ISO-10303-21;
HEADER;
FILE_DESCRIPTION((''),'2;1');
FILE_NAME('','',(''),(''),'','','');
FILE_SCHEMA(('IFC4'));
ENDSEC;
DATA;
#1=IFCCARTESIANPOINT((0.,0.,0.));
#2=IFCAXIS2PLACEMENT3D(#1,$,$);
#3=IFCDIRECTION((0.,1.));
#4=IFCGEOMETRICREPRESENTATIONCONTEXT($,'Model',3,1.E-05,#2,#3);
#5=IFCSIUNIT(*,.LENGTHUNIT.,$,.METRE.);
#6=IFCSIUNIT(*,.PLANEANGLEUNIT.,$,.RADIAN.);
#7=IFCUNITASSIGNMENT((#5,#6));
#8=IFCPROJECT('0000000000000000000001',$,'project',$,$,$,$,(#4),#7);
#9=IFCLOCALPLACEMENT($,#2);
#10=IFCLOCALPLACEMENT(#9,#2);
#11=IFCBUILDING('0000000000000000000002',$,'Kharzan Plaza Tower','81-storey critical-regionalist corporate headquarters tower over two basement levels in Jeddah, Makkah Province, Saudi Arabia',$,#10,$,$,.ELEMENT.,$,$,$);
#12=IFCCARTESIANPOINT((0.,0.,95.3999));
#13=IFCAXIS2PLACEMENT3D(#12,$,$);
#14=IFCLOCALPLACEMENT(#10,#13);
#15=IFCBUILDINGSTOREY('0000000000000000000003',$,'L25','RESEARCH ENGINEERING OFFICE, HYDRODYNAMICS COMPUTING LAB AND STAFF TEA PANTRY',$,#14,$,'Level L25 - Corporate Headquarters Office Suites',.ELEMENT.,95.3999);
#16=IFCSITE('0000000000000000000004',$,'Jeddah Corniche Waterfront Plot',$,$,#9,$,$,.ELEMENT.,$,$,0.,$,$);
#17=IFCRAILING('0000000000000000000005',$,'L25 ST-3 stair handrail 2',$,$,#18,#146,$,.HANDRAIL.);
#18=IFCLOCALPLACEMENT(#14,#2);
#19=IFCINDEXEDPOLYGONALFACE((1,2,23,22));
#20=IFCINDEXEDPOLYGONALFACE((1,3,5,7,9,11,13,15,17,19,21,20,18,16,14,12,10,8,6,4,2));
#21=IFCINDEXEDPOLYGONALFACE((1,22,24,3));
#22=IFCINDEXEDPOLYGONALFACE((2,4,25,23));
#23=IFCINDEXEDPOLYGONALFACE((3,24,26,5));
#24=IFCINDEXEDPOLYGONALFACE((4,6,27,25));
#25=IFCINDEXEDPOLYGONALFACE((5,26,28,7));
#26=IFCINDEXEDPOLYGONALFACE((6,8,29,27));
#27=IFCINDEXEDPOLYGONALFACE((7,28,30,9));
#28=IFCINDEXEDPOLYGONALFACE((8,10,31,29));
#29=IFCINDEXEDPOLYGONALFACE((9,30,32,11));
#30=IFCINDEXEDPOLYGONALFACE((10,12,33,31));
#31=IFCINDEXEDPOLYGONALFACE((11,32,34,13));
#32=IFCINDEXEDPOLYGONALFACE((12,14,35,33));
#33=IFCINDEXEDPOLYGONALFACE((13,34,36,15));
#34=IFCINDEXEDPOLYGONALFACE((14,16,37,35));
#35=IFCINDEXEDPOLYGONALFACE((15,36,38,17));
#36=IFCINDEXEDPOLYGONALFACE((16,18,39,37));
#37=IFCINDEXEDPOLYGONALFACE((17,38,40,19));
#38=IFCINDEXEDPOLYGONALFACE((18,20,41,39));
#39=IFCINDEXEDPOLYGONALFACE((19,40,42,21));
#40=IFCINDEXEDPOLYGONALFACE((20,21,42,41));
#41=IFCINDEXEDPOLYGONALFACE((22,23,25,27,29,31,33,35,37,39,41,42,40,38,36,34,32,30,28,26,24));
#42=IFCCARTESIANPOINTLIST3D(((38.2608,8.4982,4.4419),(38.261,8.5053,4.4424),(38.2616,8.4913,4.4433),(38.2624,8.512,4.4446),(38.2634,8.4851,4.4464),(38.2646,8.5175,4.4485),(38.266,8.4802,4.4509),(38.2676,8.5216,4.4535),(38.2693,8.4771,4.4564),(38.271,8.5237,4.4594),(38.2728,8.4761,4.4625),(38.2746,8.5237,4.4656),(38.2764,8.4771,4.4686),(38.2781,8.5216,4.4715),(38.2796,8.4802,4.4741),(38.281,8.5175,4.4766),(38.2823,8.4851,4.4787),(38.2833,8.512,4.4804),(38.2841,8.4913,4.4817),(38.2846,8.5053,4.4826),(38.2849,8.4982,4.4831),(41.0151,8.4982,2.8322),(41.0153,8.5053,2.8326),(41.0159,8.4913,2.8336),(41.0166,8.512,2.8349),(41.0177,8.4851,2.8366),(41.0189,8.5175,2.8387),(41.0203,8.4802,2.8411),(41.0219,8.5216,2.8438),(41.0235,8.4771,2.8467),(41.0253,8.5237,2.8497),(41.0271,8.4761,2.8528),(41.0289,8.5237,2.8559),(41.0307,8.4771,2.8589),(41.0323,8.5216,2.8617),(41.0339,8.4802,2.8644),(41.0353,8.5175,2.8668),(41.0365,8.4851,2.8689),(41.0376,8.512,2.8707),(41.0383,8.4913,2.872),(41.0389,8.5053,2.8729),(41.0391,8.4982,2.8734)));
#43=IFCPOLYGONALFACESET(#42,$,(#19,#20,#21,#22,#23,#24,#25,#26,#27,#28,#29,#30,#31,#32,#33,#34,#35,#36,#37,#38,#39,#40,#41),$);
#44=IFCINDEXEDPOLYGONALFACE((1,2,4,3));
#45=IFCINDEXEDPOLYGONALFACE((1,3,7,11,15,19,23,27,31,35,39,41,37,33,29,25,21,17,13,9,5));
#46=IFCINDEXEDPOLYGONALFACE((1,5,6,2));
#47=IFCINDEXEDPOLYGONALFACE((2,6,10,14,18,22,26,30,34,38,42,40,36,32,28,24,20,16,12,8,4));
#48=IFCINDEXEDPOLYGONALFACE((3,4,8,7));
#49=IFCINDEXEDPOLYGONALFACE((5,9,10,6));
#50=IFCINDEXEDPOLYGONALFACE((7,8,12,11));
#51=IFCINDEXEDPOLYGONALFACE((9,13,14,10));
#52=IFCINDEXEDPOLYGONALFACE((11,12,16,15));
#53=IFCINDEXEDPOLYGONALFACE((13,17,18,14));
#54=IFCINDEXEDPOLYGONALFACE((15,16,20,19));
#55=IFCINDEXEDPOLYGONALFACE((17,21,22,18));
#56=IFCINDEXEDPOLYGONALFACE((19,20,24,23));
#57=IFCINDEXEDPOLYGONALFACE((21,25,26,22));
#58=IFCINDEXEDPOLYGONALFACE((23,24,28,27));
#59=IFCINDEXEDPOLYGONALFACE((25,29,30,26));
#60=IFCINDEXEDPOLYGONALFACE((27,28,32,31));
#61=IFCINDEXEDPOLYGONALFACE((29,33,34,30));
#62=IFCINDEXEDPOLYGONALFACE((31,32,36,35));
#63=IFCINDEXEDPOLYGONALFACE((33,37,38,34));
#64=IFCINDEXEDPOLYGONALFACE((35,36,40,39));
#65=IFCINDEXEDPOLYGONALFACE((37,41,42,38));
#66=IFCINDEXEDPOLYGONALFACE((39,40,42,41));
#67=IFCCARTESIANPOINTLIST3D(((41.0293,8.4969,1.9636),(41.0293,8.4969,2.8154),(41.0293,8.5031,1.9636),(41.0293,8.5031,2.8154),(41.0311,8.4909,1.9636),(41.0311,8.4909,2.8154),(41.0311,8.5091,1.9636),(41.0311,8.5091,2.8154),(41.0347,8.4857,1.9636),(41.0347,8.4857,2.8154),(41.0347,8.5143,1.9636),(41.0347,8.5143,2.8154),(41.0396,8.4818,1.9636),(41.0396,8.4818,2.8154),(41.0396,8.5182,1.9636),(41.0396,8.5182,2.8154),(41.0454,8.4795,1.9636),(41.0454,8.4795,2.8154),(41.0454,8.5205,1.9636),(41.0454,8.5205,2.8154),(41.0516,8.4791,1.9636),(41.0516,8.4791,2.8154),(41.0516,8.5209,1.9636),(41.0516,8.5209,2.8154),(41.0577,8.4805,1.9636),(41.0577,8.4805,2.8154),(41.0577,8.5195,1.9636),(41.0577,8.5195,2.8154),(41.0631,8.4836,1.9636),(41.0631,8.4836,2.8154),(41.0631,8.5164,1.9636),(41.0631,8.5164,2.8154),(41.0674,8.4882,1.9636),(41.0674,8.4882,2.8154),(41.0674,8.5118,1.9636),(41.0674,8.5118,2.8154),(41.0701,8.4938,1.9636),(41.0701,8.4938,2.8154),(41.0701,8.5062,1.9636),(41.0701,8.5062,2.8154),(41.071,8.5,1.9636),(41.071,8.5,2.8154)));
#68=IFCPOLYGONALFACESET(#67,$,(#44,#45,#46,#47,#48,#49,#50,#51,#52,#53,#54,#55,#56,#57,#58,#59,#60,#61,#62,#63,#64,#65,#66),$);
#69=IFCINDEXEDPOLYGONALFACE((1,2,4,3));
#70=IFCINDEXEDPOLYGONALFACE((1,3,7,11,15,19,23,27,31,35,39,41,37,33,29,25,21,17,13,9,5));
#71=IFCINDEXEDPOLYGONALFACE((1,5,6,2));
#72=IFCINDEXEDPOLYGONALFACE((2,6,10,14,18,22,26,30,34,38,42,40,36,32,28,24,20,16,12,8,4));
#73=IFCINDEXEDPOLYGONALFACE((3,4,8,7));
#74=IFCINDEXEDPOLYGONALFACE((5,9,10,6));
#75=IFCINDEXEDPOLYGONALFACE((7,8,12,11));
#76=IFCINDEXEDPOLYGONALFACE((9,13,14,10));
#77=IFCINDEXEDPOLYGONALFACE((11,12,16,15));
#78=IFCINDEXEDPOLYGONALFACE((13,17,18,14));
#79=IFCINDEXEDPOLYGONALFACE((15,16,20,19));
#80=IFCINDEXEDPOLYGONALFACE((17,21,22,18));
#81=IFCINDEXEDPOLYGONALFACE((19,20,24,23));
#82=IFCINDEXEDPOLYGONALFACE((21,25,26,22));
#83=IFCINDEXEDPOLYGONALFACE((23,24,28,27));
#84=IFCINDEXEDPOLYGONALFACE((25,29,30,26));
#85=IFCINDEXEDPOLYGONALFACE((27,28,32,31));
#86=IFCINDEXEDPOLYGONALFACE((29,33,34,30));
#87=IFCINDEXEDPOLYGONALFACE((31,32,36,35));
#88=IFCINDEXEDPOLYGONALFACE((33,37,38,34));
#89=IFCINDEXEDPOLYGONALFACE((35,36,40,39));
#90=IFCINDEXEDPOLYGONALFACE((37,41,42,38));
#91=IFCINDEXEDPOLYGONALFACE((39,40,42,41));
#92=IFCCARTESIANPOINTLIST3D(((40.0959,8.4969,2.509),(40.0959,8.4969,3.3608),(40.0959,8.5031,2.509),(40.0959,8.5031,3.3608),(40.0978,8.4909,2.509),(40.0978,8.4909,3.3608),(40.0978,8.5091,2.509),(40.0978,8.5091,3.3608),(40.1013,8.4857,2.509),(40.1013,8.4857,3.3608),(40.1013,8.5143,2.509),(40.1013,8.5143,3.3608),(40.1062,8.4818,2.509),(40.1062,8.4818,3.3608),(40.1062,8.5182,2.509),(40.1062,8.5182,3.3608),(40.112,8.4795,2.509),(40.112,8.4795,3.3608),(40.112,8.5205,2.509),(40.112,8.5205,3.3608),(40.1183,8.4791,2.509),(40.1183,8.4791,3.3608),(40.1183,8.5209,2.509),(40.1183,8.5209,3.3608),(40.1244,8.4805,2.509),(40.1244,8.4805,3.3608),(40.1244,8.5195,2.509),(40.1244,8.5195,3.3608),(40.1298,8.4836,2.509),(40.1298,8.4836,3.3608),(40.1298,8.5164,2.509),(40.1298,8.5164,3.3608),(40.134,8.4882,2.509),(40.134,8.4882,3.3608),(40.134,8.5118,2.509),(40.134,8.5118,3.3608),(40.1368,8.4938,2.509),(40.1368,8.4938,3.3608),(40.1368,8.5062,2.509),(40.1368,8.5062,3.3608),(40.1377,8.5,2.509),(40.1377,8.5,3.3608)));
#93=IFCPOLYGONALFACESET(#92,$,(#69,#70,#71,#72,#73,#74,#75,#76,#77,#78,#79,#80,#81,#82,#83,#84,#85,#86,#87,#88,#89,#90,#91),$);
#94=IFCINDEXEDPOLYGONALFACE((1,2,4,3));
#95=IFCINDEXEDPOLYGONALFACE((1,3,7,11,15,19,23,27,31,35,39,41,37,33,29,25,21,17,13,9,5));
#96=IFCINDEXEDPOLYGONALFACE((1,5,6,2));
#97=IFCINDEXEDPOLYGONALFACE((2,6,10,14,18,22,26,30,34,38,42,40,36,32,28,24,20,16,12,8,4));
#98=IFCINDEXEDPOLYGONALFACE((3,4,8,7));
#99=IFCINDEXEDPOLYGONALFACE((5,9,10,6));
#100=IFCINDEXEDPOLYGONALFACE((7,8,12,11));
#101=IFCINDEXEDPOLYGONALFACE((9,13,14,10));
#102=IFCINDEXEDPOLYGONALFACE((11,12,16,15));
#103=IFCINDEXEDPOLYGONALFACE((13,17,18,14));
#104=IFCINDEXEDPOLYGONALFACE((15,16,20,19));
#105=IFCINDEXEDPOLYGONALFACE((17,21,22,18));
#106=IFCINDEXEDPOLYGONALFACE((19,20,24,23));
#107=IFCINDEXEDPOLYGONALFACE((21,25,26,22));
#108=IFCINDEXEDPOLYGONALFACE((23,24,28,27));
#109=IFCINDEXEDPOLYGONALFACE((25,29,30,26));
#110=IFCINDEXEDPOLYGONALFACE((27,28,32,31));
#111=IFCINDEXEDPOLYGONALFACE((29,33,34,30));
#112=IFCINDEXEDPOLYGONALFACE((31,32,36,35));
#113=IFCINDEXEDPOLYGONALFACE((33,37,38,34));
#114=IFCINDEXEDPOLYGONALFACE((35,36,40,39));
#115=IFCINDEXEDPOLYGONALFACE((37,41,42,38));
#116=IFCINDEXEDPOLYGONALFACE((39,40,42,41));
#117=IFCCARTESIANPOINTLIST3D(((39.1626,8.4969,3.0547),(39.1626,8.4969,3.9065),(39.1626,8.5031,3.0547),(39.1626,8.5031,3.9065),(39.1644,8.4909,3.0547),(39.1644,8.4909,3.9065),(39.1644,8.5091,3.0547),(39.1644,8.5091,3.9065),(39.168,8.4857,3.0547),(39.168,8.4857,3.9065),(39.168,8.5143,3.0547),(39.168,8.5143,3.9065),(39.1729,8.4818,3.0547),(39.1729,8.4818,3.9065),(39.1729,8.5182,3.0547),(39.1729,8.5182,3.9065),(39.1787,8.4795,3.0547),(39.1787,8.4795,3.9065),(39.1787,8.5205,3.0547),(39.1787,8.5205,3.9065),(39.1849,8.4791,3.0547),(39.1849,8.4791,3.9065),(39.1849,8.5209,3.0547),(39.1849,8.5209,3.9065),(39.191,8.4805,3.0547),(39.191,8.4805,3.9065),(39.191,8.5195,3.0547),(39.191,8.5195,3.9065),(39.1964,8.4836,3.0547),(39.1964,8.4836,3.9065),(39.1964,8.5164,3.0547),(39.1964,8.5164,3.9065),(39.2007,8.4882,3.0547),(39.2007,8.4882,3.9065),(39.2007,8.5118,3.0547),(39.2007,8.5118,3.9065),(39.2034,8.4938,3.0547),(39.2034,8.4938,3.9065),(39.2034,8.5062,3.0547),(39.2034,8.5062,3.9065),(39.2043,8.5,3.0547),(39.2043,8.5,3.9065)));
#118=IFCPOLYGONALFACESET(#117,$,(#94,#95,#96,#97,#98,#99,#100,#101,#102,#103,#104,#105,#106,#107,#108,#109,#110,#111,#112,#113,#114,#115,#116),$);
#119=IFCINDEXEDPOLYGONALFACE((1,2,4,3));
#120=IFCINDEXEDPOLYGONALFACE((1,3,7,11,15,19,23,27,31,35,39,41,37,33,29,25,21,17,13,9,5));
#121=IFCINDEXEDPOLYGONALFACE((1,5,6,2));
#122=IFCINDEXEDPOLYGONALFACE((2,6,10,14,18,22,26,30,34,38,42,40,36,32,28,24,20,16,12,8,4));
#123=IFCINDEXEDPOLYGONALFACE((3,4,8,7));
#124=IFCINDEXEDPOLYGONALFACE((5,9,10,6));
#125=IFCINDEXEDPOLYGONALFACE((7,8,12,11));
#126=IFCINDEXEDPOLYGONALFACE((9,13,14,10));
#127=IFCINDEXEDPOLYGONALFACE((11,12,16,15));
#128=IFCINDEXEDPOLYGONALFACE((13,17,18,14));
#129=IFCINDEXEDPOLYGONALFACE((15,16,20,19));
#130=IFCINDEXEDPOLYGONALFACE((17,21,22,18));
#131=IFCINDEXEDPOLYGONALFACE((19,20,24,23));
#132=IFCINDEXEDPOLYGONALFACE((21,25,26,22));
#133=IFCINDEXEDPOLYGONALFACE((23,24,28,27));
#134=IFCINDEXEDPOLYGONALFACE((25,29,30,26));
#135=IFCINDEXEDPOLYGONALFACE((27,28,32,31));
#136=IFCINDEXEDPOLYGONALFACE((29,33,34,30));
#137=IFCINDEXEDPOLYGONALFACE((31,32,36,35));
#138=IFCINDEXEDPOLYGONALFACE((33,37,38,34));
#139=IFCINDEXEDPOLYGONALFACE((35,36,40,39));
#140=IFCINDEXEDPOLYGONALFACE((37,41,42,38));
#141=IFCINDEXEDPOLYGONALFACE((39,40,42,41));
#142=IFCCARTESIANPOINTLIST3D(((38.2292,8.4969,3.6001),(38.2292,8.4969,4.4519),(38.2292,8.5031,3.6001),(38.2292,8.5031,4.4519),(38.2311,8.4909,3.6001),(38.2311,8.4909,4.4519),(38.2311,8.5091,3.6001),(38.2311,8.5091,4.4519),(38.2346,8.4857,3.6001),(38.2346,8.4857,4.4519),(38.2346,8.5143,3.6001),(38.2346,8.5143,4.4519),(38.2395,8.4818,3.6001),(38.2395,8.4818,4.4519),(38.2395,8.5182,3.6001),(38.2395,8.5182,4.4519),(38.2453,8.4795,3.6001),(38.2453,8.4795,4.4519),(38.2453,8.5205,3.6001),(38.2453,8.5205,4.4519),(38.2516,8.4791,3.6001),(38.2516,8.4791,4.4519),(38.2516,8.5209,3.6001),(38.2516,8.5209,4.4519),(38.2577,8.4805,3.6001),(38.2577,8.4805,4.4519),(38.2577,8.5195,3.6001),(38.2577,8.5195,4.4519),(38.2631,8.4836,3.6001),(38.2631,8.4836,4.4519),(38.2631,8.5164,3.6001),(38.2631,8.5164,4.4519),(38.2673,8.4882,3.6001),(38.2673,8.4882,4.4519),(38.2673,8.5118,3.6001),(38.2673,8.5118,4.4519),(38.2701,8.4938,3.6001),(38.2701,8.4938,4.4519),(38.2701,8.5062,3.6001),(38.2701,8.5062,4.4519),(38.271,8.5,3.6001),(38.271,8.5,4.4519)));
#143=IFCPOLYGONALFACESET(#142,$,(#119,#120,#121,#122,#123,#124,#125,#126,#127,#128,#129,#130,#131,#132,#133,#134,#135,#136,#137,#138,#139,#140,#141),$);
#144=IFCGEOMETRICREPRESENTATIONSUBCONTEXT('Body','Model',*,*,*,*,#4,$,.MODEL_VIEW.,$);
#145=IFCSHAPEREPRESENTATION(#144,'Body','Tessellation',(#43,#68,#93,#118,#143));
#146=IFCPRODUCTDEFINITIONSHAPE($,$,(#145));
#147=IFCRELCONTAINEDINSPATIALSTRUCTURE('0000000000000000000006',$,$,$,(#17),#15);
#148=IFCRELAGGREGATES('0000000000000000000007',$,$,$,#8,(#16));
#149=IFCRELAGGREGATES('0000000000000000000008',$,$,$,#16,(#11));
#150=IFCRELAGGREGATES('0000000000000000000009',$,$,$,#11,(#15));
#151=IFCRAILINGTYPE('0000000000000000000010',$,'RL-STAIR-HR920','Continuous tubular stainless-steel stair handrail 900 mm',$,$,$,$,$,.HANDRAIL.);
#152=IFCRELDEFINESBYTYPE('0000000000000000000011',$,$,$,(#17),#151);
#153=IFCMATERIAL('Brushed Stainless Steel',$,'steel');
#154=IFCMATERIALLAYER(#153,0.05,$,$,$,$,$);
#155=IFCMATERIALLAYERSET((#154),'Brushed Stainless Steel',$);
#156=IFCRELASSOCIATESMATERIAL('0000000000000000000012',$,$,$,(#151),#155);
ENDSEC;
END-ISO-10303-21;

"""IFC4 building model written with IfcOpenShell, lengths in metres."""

from ifc_helpers import new_model, si_unit, direction, frame, origin, origin_2d, place, context, subcontext, project, spatial, circle, extrude, source, transform, mapped, material, layer, layer_set, type_object, element, save


model = new_model("IFC4")

# Units and contexts
model_context = context("Model", 3, precision=1e-05, world=origin(), true_north=direction((0.0, 1.0)))
body_context = subcontext(model_context, "Body", "Model", "MODEL_VIEW")
ifc_project = project(units=[si_unit("LENGTHUNIT", "METRE"), si_unit("PLANEANGLEUNIT", "RADIAN")], contexts=[model_context])

# Site, building, storey
site_placement = place(None, origin())
site = spatial("IfcSite", under=ifc_project, at=site_placement, Name="Jeddah Corniche Waterfront Plot", CompositionType="ELEMENT", RefElevation=0.0)
building_placement = place(site_placement, origin())
building = spatial("IfcBuilding", under=site, at=building_placement, Name="Kharzan Plaza Tower", Description="81-storey critical-regionalist corporate headquarters tower over two basement levels in Jeddah, Makkah Province, Saudi Arabia", CompositionType="ELEMENT")
storey_placement = place(building_placement, frame((0.0, 0.0, 95.3999)))
storey = spatial("IfcBuildingStorey", under=building, at=storey_placement, Name="L25", Description="RESEARCH ENGINEERING OFFICE, HYDRODYNAMICS COMPUTING LAB AND STAFF TEA PANTRY", LongName="Level L25 - Corporate Headquarters Office Suites", CompositionType="ELEMENT", Elevation=95.3999)

# Shared definitions
ifc_material_1 = material(Name="Brushed Stainless Steel", Category="steel")

# Railing
ifc_layer_1 = layer(ifc_material_1, 0.05)
ifc_layer_set_1 = layer_set([ifc_layer_1], Name="Brushed Stainless Steel")
railing_type_1 = type_object("IfcRailingType", Name="RL-STAIR-HR920", Description="Continuous tubular stainless-steel stair handrail 900 mm", PredefinedType="HANDRAIL", material=ifc_layer_set_1)
shared_shape_1 = source(origin(), body_context, "Body", "SweptSolid", [
    extrude(circle(Radius=0.0239, at=origin_2d()), frame((-0.0229, 0.0, 0.8892), z_axis=(-0.863361, 0.0, 0.504587), x_axis=(0.0, -1.0, 0.0)), (0.0, 0.0, 1.0), 3.1902),
    extrude(circle(Radius=0.021, at=origin_2d()), origin(), (0.0, 0.0, 1.0), 0.8518),
    extrude(circle(Radius=0.021, at=origin_2d()), frame((-0.9333, 0.0, 0.5454)), (0.0, 0.0, 1.0), 0.8518),
    extrude(circle(Radius=0.021, at=origin_2d()), frame((-1.8667, 0.0, 1.0911)), (0.0, 0.0, 1.0), 0.8518),
    extrude(circle(Radius=0.021, at=origin_2d()), frame((-2.8, 0.0, 1.6365)), (0.0, 0.0, 1.0), 0.8518),
])
railing_1_placement = place(storey_placement, frame((41.05, 8.5, 1.9636)))
element("IfcRailing", 1, at=railing_1_placement, inside=storey, type_object=railing_type_1, Name="L25 ST-3 stair handrail 2", PredefinedType="HANDRAIL", context=body_context, shape_type="MappedRepresentation", body=[
    mapped(shared_shape_1, transform((0.0, 0.0, 0.0), x_axis=(1.0, 0.0, 0.0), y_axis=(0.0, 1.0, 0.0), z_axis=(0.0, 0.0, 1.0))),
])

save(model, "model.ifc")
